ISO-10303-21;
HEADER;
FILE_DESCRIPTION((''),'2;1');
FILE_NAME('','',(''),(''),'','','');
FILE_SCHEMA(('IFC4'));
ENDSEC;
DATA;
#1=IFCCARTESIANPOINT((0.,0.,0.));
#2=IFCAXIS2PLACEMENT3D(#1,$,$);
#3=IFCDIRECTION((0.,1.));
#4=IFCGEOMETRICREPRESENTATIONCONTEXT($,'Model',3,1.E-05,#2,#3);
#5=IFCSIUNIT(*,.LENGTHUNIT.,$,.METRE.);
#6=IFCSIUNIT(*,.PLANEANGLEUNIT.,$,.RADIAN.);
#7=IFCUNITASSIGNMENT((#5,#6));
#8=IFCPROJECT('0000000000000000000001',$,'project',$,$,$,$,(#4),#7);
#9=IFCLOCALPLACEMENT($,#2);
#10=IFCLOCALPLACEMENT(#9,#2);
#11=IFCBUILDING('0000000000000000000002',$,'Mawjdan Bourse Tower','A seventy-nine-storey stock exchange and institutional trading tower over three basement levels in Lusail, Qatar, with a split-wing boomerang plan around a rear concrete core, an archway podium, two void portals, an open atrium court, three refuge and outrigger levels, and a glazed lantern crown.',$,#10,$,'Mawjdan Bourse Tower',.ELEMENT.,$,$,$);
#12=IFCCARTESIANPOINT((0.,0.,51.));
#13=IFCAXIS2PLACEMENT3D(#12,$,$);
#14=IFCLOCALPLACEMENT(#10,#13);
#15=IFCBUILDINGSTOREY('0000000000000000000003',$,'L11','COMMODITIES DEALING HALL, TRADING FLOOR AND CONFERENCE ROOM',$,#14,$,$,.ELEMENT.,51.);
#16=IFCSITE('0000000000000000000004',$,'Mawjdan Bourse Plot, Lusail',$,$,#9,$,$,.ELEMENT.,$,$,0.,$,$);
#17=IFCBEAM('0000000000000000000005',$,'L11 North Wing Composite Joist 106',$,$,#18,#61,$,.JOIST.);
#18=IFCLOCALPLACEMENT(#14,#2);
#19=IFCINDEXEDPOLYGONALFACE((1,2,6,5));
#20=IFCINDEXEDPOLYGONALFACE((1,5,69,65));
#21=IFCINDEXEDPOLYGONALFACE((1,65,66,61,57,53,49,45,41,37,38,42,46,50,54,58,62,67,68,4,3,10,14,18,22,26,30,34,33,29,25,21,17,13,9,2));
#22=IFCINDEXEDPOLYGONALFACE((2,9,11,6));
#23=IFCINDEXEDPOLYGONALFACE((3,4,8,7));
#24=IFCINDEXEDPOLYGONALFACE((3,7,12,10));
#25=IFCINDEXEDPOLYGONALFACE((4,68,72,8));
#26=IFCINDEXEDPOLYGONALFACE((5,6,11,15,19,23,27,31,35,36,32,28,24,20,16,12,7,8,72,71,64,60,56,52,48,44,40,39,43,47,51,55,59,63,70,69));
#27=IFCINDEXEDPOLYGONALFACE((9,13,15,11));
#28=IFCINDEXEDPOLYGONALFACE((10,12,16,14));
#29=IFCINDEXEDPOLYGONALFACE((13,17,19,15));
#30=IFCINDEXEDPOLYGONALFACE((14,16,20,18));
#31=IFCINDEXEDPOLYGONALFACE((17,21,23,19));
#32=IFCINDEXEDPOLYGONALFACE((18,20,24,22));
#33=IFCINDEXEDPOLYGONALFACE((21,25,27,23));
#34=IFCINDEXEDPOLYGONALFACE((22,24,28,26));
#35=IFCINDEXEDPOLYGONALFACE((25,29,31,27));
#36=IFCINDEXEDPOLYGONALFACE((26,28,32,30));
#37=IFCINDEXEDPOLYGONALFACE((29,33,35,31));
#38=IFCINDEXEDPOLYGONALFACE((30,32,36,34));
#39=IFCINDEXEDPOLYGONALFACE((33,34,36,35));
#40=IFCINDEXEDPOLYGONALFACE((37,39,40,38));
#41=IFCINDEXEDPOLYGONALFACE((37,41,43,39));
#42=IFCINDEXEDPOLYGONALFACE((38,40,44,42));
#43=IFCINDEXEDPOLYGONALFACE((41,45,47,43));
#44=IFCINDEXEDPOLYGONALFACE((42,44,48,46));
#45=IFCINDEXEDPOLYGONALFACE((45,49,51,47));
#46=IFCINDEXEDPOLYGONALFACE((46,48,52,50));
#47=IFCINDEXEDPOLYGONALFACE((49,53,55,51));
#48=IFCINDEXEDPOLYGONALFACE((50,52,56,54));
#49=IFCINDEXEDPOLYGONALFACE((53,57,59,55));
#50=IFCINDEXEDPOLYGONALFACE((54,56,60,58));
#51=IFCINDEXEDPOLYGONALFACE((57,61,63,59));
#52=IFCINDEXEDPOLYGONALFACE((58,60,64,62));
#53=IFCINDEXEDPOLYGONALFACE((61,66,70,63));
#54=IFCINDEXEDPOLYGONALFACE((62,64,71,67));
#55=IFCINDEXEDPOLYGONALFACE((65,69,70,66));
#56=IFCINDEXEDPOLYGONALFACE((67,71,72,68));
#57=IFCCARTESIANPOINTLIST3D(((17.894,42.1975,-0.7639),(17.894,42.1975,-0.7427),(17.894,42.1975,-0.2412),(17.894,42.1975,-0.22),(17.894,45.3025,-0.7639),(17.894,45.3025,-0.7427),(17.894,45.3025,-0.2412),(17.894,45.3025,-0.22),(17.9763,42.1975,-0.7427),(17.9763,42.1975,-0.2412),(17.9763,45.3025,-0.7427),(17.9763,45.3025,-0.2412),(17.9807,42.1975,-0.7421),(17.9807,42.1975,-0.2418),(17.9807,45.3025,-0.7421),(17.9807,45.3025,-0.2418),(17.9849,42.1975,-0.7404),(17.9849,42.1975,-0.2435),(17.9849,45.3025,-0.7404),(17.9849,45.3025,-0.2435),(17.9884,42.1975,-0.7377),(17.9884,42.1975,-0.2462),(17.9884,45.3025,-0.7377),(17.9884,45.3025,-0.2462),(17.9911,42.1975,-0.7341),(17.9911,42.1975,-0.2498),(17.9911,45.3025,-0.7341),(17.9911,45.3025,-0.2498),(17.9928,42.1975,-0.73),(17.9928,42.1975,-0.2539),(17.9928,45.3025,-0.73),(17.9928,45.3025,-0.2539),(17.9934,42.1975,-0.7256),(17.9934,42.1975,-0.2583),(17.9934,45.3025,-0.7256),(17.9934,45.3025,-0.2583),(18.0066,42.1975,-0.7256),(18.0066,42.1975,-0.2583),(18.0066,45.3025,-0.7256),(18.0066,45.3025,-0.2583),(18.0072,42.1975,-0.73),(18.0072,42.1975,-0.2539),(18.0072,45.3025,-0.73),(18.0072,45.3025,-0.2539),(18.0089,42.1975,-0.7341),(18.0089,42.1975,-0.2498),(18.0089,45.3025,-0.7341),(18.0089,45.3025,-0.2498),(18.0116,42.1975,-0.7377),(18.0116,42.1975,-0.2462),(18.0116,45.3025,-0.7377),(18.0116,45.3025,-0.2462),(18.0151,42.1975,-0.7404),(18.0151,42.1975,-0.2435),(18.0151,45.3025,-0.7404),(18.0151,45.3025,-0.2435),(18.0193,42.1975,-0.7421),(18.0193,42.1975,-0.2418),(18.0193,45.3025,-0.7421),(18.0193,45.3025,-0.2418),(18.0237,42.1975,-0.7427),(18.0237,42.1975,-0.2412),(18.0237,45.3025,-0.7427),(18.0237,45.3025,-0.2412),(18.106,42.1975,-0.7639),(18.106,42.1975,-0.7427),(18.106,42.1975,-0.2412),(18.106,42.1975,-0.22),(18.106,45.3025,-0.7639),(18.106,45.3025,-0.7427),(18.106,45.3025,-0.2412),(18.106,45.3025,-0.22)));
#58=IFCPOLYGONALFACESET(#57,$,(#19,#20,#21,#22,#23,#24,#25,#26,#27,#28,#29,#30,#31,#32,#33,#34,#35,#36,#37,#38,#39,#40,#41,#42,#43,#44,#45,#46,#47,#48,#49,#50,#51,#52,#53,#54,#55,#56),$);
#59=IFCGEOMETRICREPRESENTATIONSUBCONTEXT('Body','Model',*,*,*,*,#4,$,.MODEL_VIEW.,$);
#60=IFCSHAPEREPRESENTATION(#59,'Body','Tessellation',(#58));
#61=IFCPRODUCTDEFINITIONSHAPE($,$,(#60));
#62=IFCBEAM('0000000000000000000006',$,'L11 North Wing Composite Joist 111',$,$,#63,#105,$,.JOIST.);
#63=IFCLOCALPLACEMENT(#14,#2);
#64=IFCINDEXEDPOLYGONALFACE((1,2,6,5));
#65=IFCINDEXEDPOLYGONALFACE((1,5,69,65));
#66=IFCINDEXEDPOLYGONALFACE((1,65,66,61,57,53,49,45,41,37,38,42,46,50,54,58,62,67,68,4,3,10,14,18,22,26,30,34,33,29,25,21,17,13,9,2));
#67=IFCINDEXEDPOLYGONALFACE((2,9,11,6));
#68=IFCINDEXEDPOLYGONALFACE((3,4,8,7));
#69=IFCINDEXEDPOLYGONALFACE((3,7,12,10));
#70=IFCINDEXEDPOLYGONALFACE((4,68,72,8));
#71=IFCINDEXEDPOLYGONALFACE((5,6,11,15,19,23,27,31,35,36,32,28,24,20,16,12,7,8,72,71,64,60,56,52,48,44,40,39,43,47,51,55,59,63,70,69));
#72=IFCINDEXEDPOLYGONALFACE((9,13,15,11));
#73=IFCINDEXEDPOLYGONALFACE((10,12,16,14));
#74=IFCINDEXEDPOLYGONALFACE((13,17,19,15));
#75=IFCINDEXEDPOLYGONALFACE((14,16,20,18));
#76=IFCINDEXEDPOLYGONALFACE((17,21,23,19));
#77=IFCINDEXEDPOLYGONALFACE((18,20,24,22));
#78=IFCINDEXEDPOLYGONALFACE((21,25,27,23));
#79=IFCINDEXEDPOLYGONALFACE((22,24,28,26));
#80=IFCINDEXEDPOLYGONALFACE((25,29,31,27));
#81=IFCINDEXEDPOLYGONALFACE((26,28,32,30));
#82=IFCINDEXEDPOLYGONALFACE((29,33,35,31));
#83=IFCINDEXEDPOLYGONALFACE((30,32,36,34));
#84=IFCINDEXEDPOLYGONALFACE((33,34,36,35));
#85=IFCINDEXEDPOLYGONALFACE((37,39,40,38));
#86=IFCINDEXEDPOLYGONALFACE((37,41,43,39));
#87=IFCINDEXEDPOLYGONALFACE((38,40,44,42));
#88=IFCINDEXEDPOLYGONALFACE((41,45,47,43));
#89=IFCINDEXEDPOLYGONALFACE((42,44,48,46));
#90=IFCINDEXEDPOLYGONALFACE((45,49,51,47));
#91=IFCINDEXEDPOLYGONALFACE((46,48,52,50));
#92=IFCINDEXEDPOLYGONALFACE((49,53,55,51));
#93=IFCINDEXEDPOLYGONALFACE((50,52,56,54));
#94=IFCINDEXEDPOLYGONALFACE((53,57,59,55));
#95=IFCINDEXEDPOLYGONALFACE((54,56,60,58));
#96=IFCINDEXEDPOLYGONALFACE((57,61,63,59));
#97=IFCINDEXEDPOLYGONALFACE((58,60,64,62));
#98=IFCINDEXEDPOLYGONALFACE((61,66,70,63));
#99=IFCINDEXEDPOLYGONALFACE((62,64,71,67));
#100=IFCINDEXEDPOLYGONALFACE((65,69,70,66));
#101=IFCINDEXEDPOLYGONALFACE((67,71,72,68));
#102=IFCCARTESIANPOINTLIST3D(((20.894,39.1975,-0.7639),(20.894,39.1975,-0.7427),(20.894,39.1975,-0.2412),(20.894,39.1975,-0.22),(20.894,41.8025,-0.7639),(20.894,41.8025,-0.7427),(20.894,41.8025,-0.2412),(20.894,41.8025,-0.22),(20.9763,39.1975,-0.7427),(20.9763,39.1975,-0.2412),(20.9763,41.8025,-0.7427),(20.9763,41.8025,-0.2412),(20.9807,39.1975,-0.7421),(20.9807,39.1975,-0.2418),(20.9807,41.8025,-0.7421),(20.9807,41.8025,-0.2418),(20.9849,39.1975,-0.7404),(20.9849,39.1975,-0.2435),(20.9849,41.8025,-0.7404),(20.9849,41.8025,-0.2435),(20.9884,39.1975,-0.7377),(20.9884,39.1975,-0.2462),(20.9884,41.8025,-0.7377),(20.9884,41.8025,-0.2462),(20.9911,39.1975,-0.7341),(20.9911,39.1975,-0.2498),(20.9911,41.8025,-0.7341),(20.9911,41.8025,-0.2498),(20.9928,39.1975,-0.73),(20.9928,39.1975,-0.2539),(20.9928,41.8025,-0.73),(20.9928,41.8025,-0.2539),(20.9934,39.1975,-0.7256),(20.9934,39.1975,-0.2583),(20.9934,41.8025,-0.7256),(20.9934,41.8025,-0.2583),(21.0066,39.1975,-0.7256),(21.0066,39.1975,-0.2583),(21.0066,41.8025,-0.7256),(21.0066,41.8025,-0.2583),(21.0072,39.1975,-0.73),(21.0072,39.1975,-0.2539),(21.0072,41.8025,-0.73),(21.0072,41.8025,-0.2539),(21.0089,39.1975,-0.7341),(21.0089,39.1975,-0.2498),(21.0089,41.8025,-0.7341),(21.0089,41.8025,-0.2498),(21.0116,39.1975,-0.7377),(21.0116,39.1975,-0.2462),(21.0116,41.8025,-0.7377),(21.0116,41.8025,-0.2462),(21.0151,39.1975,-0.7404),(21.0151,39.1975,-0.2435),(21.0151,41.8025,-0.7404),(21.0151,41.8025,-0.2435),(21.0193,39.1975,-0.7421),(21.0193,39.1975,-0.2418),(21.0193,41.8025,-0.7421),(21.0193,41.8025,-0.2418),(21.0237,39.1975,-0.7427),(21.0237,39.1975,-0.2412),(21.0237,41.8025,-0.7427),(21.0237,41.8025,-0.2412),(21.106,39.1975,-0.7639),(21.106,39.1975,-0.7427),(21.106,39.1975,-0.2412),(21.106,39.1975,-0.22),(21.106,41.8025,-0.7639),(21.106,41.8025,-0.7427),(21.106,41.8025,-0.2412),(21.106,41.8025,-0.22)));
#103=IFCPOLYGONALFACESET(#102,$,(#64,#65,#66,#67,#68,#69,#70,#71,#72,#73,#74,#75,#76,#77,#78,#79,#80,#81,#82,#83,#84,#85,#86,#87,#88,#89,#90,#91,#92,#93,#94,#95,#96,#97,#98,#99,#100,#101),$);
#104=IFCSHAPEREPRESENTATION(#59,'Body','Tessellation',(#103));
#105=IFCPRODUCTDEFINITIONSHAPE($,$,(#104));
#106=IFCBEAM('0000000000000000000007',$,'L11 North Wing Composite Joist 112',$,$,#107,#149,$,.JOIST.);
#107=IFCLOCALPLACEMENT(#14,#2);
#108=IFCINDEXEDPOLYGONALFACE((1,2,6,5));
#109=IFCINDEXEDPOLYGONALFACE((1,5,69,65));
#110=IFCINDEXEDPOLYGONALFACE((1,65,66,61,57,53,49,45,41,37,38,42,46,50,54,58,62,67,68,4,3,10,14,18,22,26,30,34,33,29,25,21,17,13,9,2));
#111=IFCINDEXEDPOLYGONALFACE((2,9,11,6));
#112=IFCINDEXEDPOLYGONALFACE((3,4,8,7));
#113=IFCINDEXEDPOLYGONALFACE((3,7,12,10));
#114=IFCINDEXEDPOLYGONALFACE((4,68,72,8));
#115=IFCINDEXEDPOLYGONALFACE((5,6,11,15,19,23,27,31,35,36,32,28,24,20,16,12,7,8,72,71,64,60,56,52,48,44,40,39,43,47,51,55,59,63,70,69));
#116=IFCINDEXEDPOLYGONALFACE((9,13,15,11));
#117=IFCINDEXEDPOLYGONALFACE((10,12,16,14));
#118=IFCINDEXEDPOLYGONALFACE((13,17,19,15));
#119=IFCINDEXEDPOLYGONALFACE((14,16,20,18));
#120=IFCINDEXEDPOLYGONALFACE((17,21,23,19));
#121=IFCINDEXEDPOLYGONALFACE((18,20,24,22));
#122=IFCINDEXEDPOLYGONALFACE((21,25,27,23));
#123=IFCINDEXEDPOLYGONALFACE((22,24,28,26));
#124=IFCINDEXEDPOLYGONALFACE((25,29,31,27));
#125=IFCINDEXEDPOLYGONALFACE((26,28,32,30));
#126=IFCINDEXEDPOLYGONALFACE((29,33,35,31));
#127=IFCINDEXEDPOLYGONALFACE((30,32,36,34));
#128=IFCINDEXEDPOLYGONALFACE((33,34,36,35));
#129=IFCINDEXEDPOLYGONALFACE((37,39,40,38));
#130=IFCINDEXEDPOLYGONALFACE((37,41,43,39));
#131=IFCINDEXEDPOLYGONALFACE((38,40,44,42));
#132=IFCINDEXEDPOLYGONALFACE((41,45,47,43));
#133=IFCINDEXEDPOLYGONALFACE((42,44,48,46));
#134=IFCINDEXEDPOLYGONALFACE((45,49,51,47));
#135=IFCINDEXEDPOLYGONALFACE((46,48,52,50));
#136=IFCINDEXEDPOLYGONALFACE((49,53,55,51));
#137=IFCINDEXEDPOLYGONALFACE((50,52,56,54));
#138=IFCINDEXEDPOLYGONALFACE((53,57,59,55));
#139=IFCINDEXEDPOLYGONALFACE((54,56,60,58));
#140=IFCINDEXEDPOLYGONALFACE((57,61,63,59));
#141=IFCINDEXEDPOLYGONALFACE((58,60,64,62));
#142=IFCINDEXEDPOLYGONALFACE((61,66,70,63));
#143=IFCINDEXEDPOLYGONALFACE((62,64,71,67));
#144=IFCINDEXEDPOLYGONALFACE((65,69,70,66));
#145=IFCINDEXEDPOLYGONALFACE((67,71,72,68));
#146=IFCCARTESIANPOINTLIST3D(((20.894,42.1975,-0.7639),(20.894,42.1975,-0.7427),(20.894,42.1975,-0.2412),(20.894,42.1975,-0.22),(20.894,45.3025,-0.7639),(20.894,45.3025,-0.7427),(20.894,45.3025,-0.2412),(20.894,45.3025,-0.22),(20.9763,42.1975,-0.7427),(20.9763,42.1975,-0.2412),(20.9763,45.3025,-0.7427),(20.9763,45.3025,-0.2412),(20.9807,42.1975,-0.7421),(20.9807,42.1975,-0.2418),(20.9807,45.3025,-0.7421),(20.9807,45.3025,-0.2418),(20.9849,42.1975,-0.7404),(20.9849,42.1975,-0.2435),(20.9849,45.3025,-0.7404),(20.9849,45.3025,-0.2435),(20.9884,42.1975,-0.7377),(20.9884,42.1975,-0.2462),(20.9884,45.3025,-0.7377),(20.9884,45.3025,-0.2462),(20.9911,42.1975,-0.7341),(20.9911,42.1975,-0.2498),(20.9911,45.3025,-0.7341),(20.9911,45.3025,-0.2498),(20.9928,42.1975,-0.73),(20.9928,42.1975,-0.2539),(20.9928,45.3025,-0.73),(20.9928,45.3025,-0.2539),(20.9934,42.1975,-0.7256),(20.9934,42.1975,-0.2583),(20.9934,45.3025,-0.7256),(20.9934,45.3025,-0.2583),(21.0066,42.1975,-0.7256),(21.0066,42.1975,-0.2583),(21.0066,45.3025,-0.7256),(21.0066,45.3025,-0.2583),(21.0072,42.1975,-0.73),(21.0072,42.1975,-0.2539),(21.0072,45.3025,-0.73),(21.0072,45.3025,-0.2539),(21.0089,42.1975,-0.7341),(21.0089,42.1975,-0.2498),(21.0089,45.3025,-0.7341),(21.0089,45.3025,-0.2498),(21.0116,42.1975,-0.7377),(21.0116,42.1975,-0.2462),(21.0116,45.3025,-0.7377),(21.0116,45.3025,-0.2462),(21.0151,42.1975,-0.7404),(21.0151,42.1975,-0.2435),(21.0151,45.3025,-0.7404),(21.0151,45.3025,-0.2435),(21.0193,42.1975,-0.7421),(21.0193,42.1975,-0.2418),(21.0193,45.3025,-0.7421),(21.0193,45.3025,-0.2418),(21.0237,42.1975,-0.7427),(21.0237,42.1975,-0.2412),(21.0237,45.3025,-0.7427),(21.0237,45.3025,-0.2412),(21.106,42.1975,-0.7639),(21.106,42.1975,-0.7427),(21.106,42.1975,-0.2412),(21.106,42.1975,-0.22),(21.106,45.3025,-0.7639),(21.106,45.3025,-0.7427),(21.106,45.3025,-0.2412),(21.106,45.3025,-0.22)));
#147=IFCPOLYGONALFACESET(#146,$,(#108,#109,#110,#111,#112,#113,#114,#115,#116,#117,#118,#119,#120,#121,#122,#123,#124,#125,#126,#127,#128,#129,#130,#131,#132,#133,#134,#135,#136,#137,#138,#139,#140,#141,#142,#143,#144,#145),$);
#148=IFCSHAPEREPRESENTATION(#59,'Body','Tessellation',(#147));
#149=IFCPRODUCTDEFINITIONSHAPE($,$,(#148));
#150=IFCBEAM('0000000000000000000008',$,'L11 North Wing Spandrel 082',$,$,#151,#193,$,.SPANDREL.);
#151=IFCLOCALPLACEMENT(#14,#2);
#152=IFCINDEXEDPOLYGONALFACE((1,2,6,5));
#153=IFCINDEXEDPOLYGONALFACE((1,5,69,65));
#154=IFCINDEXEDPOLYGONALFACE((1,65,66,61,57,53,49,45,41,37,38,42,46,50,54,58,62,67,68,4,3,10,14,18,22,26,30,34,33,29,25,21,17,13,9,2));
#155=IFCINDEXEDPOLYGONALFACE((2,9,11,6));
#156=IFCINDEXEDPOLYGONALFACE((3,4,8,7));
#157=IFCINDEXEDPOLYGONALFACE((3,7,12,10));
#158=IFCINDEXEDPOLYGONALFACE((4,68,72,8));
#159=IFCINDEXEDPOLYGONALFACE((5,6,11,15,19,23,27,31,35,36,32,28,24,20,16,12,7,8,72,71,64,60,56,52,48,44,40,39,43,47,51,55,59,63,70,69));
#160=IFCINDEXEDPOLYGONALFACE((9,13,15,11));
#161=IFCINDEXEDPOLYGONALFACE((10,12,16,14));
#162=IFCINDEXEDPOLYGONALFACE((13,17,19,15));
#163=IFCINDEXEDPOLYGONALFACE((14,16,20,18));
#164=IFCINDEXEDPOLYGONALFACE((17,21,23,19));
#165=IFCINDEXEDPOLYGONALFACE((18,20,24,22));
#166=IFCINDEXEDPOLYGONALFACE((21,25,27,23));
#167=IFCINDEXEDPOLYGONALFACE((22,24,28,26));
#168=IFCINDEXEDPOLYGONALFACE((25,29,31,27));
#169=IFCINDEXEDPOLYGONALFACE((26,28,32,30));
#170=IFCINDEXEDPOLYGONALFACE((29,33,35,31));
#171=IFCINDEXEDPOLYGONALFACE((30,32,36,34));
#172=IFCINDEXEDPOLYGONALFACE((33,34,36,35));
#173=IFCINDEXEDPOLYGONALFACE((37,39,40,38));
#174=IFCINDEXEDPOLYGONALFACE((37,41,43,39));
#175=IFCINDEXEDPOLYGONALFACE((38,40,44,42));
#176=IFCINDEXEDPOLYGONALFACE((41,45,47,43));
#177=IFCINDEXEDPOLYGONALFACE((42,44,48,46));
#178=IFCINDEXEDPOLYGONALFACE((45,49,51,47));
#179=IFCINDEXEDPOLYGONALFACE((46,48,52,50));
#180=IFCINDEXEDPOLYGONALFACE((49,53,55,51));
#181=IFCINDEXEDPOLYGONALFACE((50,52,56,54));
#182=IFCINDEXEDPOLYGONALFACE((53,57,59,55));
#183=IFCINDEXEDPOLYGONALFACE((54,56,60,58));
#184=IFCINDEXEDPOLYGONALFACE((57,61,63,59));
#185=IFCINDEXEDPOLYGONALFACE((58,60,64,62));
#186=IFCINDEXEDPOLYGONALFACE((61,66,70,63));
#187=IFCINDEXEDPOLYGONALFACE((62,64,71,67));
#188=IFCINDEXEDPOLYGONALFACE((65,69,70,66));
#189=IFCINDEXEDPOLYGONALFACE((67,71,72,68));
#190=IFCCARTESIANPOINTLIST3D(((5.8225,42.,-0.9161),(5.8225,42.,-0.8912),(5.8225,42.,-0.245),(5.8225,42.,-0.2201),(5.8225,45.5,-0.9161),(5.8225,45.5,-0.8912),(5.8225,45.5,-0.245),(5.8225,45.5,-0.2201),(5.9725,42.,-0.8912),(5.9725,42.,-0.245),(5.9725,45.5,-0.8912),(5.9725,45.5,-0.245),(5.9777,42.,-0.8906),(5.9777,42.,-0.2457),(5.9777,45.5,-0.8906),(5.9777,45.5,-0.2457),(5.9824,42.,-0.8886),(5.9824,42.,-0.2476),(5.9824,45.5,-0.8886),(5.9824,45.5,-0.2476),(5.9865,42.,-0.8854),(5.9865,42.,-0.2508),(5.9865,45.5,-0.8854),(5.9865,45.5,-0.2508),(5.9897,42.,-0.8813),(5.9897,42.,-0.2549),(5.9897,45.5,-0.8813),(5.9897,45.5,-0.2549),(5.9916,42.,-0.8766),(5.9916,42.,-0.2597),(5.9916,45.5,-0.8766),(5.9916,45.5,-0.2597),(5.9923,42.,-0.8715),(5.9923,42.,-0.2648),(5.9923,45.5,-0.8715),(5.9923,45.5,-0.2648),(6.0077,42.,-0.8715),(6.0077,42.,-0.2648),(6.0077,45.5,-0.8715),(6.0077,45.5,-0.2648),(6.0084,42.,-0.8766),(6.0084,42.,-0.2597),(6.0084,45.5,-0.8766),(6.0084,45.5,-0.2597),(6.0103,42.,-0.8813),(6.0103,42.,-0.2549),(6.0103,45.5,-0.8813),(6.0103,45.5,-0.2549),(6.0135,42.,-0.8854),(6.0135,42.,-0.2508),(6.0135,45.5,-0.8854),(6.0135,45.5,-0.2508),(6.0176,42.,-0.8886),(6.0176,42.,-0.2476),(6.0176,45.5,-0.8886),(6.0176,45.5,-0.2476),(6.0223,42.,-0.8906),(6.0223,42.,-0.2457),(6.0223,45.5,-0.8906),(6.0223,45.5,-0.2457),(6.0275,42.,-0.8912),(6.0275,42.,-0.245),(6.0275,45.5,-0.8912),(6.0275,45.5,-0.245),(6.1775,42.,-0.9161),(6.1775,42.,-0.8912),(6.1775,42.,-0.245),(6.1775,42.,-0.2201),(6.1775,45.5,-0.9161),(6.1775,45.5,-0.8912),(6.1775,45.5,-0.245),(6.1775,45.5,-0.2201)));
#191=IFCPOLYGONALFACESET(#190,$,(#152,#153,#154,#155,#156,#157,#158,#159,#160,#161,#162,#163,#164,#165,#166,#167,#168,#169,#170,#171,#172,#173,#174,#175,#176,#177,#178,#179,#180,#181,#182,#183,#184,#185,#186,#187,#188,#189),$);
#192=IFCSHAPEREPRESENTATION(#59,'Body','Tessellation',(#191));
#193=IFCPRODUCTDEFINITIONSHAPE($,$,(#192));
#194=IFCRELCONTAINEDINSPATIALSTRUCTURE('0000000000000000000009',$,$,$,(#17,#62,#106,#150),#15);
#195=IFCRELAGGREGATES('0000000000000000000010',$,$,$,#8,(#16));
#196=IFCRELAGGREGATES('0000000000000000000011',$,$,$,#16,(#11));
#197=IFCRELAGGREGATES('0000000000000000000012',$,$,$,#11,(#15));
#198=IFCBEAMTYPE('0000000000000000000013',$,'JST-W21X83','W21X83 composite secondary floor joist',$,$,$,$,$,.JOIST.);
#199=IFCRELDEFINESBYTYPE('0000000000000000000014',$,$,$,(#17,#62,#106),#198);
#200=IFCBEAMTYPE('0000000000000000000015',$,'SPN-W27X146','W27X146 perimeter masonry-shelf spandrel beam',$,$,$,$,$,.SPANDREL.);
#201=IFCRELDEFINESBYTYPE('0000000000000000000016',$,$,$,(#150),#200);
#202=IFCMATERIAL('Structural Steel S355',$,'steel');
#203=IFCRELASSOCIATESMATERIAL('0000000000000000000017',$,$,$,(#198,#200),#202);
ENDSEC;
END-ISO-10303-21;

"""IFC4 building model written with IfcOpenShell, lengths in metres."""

from ifc_helpers import new_model, si_unit, direction, frame, origin, origin_2d, place, context, subcontext, project, spatial, i_section, extrude, material, material_profile, profile_set, type_object, element, save


model = new_model("IFC4")

# Units and contexts
model_context = context("Model", 3, precision=1e-05, world=origin(), true_north=direction((0.0, 1.0)))
body_context = subcontext(model_context, "Body", "Model", "MODEL_VIEW")
ifc_project = project(units=[si_unit("LENGTHUNIT", "METRE"), si_unit("PLANEANGLEUNIT", "RADIAN")], contexts=[model_context])

# Site, building, storey
site_placement = place(None, origin())
site = spatial("IfcSite", under=ifc_project, at=site_placement, Name="Mawjdan Bourse Plot, Lusail", CompositionType="ELEMENT", RefElevation=0.0)
building_placement = place(site_placement, origin())
building = spatial("IfcBuilding", under=site, at=building_placement, Name="Mawjdan Bourse Tower", Description="A seventy-nine-storey stock exchange and institutional trading tower over three basement levels in Lusail, Qatar, with a split-wing boomerang plan around a rear concrete core, an archway podium, two void portals, an open atrium court, three refuge and outrigger levels, and a glazed lantern crown.", LongName="Mawjdan Bourse Tower", CompositionType="ELEMENT")
storey_placement = place(building_placement, frame((0.0, 0.0, 51.0)))
storey = spatial("IfcBuildingStorey", under=building, at=storey_placement, Name="L11", Description="COMMODITIES DEALING HALL, TRADING FLOOR AND CONFERENCE ROOM", CompositionType="ELEMENT", Elevation=51.0)

# Beams
ifc_material_1 = material(Name="Structural Steel S355", Category="steel")
ifc_material_profile_1 = material_profile(ifc_material_1, i_section(OverallWidth=0.2119, OverallDepth=0.5439, WebThickness=0.0132, FlangeThickness=0.0212, FilletRadius=0.0171, at=origin_2d()), Name="W21X83")
ifc_profile_set_1 = profile_set([ifc_material_profile_1], Name="Structural Steel S355")
beam_type_1 = type_object("IfcBeamType", Name="JST-W21X83", Description="W21X83 composite secondary floor joist", PredefinedType="JOIST", material=ifc_profile_set_1)
beam_1_placement = place(storey_placement, frame((18.0, 42.1975, -0.4919), z_axis=(0.0, 1.0, 0.0), x_axis=(-1.0, 0.0, 0.0)))
element("IfcBeam", 1, at=beam_1_placement, inside=storey, type_object=beam_type_1, Name="L11 North Wing Composite Joist 106", PredefinedType="JOIST", context=body_context, shape_type="SweptSolid", body=[
    extrude(i_section(OverallWidth=0.2119, OverallDepth=0.5439, WebThickness=0.0132, FlangeThickness=0.0212, FilletRadius=0.0171, at=origin_2d()), origin(), (0.0, 0.0, 1.0), 3.105),
])
beam_2_placement = place(storey_placement, frame((21.0, 39.1975, -0.4919), z_axis=(0.0, 1.0, 0.0), x_axis=(-1.0, 0.0, 0.0)))
element("IfcBeam", 2, at=beam_2_placement, inside=storey, type_object=beam_type_1, Name="L11 North Wing Composite Joist 111", PredefinedType="JOIST", context=body_context, shape_type="SweptSolid", body=[
    extrude(i_section(OverallWidth=0.2119, OverallDepth=0.5439, WebThickness=0.0132, FlangeThickness=0.0212, FilletRadius=0.0171, at=origin_2d()), origin(), (0.0, 0.0, 1.0), 2.605),
])
beam_3_placement = place(storey_placement, frame((21.0, 42.1975, -0.4919), z_axis=(0.0, 1.0, 0.0), x_axis=(-1.0, 0.0, 0.0)))
element("IfcBeam", 3, at=beam_3_placement, inside=storey, type_object=beam_type_1, Name="L11 North Wing Composite Joist 112", PredefinedType="JOIST", context=body_context, shape_type="SweptSolid", body=[
    extrude(i_section(OverallWidth=0.2119, OverallDepth=0.5439, WebThickness=0.0132, FlangeThickness=0.0212, FilletRadius=0.0171, at=origin_2d()), origin(), (0.0, 0.0, 1.0), 3.105),
])
ifc_material_profile_2 = material_profile(ifc_material_1, i_section(OverallWidth=0.355, OverallDepth=0.696, WebThickness=0.0154, FlangeThickness=0.0249, FilletRadius=0.0198, at=origin_2d()), Name="W27X146")
ifc_profile_set_2 = profile_set([ifc_material_profile_2], Name="Structural Steel S355")
beam_type_2 = type_object("IfcBeamType", Name="SPN-W27X146", Description="W27X146 perimeter masonry-shelf spandrel beam", PredefinedType="SPANDREL", material=ifc_profile_set_2)
beam_4_placement = place(storey_placement, frame((6.0, 42.0, -0.5681), z_axis=(0.0, 1.0, 0.0), x_axis=(-1.0, 0.0, 0.0)))
element("IfcBeam", 4, at=beam_4_placement, inside=storey, type_object=beam_type_2, Name="L11 North Wing Spandrel 082", PredefinedType="SPANDREL", context=body_context, shape_type="SweptSolid", body=[
    extrude(i_section(OverallWidth=0.355, OverallDepth=0.696, WebThickness=0.0154, FlangeThickness=0.0249, FilletRadius=0.0198, at=origin_2d()), origin(), (0.0, 0.0, 1.0), 3.5),
])

save(model, "model.ifc")
